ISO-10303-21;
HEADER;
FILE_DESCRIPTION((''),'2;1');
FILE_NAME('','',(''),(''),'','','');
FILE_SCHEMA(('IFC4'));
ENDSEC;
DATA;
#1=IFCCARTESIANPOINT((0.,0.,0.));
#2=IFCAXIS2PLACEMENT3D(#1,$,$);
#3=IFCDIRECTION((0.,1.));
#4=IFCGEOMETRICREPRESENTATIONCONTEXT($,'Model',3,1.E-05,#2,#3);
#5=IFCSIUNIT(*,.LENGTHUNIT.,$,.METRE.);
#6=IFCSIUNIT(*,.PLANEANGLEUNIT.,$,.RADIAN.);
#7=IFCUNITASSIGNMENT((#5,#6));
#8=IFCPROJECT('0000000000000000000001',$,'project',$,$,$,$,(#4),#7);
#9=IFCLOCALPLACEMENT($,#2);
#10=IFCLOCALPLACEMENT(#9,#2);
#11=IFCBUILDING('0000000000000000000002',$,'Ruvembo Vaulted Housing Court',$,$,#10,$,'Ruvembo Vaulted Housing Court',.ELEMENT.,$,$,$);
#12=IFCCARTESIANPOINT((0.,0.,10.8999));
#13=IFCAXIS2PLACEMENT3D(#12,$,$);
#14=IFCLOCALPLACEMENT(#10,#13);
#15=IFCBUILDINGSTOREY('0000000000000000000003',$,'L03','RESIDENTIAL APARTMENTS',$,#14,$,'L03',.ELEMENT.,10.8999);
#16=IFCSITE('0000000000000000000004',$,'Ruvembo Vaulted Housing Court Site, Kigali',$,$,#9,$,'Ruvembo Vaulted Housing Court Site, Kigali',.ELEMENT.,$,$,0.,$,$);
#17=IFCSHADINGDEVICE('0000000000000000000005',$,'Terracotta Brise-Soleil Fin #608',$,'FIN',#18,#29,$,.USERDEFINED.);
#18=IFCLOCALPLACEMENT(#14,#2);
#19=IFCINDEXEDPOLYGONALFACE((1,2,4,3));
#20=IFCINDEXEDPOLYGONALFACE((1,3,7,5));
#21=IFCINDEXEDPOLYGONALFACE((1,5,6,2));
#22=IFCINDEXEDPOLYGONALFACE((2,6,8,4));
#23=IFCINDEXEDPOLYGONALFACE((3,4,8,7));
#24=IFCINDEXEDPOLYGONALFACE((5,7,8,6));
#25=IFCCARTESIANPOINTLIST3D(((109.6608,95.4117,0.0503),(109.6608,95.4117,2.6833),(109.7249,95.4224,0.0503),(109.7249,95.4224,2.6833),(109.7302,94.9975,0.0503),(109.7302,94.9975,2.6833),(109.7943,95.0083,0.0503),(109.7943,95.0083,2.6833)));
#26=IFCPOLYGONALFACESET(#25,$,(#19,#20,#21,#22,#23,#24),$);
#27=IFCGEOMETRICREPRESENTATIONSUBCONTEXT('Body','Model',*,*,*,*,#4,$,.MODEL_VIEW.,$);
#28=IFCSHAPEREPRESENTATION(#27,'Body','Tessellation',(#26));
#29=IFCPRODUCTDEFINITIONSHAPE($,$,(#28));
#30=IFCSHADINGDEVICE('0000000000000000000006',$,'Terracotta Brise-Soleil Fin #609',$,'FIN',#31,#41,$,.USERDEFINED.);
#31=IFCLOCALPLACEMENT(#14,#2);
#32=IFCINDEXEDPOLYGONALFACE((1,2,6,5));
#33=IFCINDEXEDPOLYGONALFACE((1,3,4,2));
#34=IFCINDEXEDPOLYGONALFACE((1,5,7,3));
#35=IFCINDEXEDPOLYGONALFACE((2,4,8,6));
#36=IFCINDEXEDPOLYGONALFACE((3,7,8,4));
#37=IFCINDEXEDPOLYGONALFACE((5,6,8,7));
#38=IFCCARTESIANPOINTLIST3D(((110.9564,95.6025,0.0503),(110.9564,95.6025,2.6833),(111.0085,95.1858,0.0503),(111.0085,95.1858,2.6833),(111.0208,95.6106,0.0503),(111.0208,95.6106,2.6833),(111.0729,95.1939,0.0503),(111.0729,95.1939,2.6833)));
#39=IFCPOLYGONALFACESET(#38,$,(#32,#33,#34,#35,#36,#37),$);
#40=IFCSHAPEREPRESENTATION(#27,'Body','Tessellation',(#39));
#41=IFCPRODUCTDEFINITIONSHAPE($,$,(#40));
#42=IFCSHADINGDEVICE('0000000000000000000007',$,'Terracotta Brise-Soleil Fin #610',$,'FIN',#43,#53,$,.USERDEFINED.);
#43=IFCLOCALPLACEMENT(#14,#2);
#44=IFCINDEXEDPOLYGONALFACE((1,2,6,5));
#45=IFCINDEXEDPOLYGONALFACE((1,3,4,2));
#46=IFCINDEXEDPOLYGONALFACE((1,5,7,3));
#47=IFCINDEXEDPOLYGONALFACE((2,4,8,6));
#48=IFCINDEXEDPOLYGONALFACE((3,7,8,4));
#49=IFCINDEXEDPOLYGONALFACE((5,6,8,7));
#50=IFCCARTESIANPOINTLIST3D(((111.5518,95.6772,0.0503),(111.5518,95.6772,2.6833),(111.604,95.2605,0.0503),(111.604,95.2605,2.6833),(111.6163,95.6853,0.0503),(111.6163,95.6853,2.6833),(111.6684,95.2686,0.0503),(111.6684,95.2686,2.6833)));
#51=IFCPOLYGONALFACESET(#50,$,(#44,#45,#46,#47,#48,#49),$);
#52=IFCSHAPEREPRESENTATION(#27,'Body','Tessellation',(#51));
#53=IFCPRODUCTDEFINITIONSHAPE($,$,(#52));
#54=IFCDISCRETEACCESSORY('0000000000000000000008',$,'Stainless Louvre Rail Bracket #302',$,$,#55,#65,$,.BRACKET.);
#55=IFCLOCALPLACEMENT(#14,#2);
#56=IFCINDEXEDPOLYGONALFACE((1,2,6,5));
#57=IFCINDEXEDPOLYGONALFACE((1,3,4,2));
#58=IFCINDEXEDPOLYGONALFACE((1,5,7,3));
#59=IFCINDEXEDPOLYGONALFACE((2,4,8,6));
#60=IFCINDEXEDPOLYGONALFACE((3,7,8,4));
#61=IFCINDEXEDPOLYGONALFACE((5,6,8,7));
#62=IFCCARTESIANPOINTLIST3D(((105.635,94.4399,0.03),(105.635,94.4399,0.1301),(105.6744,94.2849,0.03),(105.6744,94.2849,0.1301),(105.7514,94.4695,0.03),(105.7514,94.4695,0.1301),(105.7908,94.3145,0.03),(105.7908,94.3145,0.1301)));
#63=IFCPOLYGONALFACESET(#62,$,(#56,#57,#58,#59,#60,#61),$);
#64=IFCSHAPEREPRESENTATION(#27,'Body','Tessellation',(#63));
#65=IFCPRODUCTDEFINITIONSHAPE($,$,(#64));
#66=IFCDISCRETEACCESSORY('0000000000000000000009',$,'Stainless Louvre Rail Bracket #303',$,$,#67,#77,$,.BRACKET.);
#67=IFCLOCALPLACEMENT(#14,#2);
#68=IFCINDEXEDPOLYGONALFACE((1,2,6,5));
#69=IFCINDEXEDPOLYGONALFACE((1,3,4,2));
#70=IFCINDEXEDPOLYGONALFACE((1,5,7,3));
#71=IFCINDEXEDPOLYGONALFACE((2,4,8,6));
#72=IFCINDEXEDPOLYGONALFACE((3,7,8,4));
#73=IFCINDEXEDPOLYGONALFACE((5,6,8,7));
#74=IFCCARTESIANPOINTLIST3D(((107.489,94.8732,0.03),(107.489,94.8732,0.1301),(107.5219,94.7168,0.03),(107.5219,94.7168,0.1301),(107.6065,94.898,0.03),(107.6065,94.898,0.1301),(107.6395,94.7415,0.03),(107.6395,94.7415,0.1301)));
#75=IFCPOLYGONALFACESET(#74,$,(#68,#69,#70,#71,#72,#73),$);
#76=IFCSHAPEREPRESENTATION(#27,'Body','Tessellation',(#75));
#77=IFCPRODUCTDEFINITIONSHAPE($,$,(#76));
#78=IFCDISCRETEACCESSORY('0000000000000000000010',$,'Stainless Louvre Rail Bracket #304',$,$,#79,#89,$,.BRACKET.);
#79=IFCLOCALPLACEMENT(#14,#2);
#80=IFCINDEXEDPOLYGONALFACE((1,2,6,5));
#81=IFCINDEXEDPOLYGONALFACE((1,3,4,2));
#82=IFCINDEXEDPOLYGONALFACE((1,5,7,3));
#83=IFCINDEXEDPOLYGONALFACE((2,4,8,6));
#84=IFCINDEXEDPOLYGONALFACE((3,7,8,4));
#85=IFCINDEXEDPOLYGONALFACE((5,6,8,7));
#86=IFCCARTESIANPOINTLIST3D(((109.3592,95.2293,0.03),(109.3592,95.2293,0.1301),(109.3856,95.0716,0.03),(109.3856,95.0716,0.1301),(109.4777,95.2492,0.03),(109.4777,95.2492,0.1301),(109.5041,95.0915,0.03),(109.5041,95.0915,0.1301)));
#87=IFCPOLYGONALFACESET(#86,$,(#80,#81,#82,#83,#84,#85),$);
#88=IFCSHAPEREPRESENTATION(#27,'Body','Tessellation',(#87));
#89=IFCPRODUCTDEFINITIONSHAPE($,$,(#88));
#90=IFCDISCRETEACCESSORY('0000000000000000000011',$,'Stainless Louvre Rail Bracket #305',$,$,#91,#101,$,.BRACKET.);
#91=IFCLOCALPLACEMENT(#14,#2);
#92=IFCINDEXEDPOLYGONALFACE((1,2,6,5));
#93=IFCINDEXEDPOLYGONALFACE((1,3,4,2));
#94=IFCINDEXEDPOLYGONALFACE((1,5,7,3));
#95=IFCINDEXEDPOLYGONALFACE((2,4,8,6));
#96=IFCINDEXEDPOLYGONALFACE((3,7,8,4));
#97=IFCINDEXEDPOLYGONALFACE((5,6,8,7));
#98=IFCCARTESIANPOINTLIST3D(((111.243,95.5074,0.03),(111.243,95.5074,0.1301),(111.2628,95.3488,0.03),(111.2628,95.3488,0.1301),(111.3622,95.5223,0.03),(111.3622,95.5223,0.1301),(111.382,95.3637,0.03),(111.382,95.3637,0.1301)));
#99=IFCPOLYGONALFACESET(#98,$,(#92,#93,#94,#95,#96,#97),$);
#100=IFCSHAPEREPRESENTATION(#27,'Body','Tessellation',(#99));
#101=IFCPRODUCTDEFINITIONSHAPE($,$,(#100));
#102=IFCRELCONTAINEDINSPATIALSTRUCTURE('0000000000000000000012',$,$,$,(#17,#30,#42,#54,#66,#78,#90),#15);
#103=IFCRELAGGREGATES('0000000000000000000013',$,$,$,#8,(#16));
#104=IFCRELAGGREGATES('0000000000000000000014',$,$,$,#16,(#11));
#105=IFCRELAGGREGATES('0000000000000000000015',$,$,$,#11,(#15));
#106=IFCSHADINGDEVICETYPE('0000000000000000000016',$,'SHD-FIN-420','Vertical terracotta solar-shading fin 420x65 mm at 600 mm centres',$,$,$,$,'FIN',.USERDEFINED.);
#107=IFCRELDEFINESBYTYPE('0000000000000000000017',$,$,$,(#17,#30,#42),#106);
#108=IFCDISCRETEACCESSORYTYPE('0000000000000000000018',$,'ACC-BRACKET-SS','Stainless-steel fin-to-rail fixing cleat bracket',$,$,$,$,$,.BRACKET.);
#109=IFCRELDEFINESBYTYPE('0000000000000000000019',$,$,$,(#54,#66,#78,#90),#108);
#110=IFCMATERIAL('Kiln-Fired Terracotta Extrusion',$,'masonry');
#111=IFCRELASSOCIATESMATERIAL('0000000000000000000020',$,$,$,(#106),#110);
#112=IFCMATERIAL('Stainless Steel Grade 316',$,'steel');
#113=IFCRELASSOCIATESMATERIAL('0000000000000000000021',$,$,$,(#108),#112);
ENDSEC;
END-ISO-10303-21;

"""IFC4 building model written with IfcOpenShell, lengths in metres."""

from ifc_helpers import new_model, si_unit, direction, frame, origin, origin_2d, place, context, subcontext, project, spatial, rectangle, extrude, material, type_object, element, save


model = new_model("IFC4")

# Units and contexts
model_context = context("Model", 3, precision=1e-05, world=origin(), true_north=direction((0.0, 1.0)))
body_context = subcontext(model_context, "Body", "Model", "MODEL_VIEW")
ifc_project = project(units=[si_unit("LENGTHUNIT", "METRE"), si_unit("PLANEANGLEUNIT", "RADIAN")], contexts=[model_context])

# Site, building, storey
site_placement = place(None, origin())
site = spatial("IfcSite", under=ifc_project, at=site_placement, Name="Ruvembo Vaulted Housing Court Site, Kigali", LongName="Ruvembo Vaulted Housing Court Site, Kigali", CompositionType="ELEMENT", RefElevation=0.0)
building_placement = place(site_placement, origin())
building = spatial("IfcBuilding", under=site, at=building_placement, Name="Ruvembo Vaulted Housing Court", LongName="Ruvembo Vaulted Housing Court", CompositionType="ELEMENT")
storey_placement = place(building_placement, frame((0.0, 0.0, 10.8999)))
storey = spatial("IfcBuildingStorey", under=building, at=storey_placement, Name="L03", Description="RESIDENTIAL APARTMENTS", LongName="L03", CompositionType="ELEMENT", Elevation=10.8999)

# Shading devices
ifc_material_1 = material(Name="Kiln-Fired Terracotta Extrusion", Category="masonry")
shading_device_type = type_object("IfcShadingDeviceType", Name="SHD-FIN-420", Description="Vertical terracotta solar-shading fin 420x65 mm at 600 mm centres", ElementType="FIN", PredefinedType="USERDEFINED", material=ifc_material_1)
for number, where, z_axis, x_axis, name in (
    (1, (109.7275, 95.21, 0.0503), (0.0, 0.0, 1.0), (0.165271, -0.986248, 0.0), "Terracotta Brise-Soleil Fin #608"),
    (2, (111.0146, 95.3982, 0.0503), (0.0, 0.0, 1.0), (0.12419, -0.992258, 0.0), "Terracotta Brise-Soleil Fin #609"),
    (3, (111.6101, 95.4729, 0.0503), (0.0, 0.0, 1.0), (0.12419, -0.992258, 0.0), "Terracotta Brise-Soleil Fin #610"),
):
    element("IfcShadingDevice", number, at=place(storey_placement, frame(where, z_axis=z_axis, x_axis=x_axis)), inside=storey, type_object=shading_device_type, Name=name, ObjectType="FIN", PredefinedType="USERDEFINED", context=body_context, shape_type="SweptSolid", body=[
        extrude(rectangle(XDim=0.4199, YDim=0.0649, at=origin_2d()), origin(), (0.0, 0.0, 1.0), 2.6331),
    ])

# Discrete accessories
ifc_material_2 = material(Name="Stainless Steel Grade 316", Category="steel")
discrete_accessory_type = type_object("IfcDiscreteAccessoryType", Name="ACC-BRACKET-SS", Description="Stainless-steel fin-to-rail fixing cleat bracket", PredefinedType="BRACKET", material=ifc_material_2)
for number, where, z_axis, x_axis, name in (
    (4, (105.7129, 94.3772, 0.03), (0.0, 0.0, 1.0), (0.246492, -0.969145, 0.0), "Stainless Louvre Rail Bracket #302"),
    (5, (107.5642, 94.8074, 0.03), (0.0, 0.0, 1.0), (0.206102, -0.978531, 0.0), "Stainless Louvre Rail Bracket #303"),
    (6, (109.4316, 95.1604, 0.03), (0.0, 0.0, 1.0), (0.165271, -0.986248, 0.0), "Stainless Louvre Rail Bracket #304"),
    (7, (111.3125, 95.4355, 0.03), (0.0, 0.0, 1.0), (0.12419, -0.992258, 0.0), "Stainless Louvre Rail Bracket #305"),
):
    element("IfcDiscreteAccessory", number, at=place(storey_placement, frame(where, z_axis=z_axis, x_axis=x_axis)), inside=storey, type_object=discrete_accessory_type, Name=name, PredefinedType="BRACKET", context=body_context, shape_type="SweptSolid", body=[
        extrude(rectangle(XDim=0.1599, YDim=0.1201, at=origin_2d()), origin(), (0.0, 0.0, 1.0), 0.1001),
    ])

save(model, "model.ifc")
